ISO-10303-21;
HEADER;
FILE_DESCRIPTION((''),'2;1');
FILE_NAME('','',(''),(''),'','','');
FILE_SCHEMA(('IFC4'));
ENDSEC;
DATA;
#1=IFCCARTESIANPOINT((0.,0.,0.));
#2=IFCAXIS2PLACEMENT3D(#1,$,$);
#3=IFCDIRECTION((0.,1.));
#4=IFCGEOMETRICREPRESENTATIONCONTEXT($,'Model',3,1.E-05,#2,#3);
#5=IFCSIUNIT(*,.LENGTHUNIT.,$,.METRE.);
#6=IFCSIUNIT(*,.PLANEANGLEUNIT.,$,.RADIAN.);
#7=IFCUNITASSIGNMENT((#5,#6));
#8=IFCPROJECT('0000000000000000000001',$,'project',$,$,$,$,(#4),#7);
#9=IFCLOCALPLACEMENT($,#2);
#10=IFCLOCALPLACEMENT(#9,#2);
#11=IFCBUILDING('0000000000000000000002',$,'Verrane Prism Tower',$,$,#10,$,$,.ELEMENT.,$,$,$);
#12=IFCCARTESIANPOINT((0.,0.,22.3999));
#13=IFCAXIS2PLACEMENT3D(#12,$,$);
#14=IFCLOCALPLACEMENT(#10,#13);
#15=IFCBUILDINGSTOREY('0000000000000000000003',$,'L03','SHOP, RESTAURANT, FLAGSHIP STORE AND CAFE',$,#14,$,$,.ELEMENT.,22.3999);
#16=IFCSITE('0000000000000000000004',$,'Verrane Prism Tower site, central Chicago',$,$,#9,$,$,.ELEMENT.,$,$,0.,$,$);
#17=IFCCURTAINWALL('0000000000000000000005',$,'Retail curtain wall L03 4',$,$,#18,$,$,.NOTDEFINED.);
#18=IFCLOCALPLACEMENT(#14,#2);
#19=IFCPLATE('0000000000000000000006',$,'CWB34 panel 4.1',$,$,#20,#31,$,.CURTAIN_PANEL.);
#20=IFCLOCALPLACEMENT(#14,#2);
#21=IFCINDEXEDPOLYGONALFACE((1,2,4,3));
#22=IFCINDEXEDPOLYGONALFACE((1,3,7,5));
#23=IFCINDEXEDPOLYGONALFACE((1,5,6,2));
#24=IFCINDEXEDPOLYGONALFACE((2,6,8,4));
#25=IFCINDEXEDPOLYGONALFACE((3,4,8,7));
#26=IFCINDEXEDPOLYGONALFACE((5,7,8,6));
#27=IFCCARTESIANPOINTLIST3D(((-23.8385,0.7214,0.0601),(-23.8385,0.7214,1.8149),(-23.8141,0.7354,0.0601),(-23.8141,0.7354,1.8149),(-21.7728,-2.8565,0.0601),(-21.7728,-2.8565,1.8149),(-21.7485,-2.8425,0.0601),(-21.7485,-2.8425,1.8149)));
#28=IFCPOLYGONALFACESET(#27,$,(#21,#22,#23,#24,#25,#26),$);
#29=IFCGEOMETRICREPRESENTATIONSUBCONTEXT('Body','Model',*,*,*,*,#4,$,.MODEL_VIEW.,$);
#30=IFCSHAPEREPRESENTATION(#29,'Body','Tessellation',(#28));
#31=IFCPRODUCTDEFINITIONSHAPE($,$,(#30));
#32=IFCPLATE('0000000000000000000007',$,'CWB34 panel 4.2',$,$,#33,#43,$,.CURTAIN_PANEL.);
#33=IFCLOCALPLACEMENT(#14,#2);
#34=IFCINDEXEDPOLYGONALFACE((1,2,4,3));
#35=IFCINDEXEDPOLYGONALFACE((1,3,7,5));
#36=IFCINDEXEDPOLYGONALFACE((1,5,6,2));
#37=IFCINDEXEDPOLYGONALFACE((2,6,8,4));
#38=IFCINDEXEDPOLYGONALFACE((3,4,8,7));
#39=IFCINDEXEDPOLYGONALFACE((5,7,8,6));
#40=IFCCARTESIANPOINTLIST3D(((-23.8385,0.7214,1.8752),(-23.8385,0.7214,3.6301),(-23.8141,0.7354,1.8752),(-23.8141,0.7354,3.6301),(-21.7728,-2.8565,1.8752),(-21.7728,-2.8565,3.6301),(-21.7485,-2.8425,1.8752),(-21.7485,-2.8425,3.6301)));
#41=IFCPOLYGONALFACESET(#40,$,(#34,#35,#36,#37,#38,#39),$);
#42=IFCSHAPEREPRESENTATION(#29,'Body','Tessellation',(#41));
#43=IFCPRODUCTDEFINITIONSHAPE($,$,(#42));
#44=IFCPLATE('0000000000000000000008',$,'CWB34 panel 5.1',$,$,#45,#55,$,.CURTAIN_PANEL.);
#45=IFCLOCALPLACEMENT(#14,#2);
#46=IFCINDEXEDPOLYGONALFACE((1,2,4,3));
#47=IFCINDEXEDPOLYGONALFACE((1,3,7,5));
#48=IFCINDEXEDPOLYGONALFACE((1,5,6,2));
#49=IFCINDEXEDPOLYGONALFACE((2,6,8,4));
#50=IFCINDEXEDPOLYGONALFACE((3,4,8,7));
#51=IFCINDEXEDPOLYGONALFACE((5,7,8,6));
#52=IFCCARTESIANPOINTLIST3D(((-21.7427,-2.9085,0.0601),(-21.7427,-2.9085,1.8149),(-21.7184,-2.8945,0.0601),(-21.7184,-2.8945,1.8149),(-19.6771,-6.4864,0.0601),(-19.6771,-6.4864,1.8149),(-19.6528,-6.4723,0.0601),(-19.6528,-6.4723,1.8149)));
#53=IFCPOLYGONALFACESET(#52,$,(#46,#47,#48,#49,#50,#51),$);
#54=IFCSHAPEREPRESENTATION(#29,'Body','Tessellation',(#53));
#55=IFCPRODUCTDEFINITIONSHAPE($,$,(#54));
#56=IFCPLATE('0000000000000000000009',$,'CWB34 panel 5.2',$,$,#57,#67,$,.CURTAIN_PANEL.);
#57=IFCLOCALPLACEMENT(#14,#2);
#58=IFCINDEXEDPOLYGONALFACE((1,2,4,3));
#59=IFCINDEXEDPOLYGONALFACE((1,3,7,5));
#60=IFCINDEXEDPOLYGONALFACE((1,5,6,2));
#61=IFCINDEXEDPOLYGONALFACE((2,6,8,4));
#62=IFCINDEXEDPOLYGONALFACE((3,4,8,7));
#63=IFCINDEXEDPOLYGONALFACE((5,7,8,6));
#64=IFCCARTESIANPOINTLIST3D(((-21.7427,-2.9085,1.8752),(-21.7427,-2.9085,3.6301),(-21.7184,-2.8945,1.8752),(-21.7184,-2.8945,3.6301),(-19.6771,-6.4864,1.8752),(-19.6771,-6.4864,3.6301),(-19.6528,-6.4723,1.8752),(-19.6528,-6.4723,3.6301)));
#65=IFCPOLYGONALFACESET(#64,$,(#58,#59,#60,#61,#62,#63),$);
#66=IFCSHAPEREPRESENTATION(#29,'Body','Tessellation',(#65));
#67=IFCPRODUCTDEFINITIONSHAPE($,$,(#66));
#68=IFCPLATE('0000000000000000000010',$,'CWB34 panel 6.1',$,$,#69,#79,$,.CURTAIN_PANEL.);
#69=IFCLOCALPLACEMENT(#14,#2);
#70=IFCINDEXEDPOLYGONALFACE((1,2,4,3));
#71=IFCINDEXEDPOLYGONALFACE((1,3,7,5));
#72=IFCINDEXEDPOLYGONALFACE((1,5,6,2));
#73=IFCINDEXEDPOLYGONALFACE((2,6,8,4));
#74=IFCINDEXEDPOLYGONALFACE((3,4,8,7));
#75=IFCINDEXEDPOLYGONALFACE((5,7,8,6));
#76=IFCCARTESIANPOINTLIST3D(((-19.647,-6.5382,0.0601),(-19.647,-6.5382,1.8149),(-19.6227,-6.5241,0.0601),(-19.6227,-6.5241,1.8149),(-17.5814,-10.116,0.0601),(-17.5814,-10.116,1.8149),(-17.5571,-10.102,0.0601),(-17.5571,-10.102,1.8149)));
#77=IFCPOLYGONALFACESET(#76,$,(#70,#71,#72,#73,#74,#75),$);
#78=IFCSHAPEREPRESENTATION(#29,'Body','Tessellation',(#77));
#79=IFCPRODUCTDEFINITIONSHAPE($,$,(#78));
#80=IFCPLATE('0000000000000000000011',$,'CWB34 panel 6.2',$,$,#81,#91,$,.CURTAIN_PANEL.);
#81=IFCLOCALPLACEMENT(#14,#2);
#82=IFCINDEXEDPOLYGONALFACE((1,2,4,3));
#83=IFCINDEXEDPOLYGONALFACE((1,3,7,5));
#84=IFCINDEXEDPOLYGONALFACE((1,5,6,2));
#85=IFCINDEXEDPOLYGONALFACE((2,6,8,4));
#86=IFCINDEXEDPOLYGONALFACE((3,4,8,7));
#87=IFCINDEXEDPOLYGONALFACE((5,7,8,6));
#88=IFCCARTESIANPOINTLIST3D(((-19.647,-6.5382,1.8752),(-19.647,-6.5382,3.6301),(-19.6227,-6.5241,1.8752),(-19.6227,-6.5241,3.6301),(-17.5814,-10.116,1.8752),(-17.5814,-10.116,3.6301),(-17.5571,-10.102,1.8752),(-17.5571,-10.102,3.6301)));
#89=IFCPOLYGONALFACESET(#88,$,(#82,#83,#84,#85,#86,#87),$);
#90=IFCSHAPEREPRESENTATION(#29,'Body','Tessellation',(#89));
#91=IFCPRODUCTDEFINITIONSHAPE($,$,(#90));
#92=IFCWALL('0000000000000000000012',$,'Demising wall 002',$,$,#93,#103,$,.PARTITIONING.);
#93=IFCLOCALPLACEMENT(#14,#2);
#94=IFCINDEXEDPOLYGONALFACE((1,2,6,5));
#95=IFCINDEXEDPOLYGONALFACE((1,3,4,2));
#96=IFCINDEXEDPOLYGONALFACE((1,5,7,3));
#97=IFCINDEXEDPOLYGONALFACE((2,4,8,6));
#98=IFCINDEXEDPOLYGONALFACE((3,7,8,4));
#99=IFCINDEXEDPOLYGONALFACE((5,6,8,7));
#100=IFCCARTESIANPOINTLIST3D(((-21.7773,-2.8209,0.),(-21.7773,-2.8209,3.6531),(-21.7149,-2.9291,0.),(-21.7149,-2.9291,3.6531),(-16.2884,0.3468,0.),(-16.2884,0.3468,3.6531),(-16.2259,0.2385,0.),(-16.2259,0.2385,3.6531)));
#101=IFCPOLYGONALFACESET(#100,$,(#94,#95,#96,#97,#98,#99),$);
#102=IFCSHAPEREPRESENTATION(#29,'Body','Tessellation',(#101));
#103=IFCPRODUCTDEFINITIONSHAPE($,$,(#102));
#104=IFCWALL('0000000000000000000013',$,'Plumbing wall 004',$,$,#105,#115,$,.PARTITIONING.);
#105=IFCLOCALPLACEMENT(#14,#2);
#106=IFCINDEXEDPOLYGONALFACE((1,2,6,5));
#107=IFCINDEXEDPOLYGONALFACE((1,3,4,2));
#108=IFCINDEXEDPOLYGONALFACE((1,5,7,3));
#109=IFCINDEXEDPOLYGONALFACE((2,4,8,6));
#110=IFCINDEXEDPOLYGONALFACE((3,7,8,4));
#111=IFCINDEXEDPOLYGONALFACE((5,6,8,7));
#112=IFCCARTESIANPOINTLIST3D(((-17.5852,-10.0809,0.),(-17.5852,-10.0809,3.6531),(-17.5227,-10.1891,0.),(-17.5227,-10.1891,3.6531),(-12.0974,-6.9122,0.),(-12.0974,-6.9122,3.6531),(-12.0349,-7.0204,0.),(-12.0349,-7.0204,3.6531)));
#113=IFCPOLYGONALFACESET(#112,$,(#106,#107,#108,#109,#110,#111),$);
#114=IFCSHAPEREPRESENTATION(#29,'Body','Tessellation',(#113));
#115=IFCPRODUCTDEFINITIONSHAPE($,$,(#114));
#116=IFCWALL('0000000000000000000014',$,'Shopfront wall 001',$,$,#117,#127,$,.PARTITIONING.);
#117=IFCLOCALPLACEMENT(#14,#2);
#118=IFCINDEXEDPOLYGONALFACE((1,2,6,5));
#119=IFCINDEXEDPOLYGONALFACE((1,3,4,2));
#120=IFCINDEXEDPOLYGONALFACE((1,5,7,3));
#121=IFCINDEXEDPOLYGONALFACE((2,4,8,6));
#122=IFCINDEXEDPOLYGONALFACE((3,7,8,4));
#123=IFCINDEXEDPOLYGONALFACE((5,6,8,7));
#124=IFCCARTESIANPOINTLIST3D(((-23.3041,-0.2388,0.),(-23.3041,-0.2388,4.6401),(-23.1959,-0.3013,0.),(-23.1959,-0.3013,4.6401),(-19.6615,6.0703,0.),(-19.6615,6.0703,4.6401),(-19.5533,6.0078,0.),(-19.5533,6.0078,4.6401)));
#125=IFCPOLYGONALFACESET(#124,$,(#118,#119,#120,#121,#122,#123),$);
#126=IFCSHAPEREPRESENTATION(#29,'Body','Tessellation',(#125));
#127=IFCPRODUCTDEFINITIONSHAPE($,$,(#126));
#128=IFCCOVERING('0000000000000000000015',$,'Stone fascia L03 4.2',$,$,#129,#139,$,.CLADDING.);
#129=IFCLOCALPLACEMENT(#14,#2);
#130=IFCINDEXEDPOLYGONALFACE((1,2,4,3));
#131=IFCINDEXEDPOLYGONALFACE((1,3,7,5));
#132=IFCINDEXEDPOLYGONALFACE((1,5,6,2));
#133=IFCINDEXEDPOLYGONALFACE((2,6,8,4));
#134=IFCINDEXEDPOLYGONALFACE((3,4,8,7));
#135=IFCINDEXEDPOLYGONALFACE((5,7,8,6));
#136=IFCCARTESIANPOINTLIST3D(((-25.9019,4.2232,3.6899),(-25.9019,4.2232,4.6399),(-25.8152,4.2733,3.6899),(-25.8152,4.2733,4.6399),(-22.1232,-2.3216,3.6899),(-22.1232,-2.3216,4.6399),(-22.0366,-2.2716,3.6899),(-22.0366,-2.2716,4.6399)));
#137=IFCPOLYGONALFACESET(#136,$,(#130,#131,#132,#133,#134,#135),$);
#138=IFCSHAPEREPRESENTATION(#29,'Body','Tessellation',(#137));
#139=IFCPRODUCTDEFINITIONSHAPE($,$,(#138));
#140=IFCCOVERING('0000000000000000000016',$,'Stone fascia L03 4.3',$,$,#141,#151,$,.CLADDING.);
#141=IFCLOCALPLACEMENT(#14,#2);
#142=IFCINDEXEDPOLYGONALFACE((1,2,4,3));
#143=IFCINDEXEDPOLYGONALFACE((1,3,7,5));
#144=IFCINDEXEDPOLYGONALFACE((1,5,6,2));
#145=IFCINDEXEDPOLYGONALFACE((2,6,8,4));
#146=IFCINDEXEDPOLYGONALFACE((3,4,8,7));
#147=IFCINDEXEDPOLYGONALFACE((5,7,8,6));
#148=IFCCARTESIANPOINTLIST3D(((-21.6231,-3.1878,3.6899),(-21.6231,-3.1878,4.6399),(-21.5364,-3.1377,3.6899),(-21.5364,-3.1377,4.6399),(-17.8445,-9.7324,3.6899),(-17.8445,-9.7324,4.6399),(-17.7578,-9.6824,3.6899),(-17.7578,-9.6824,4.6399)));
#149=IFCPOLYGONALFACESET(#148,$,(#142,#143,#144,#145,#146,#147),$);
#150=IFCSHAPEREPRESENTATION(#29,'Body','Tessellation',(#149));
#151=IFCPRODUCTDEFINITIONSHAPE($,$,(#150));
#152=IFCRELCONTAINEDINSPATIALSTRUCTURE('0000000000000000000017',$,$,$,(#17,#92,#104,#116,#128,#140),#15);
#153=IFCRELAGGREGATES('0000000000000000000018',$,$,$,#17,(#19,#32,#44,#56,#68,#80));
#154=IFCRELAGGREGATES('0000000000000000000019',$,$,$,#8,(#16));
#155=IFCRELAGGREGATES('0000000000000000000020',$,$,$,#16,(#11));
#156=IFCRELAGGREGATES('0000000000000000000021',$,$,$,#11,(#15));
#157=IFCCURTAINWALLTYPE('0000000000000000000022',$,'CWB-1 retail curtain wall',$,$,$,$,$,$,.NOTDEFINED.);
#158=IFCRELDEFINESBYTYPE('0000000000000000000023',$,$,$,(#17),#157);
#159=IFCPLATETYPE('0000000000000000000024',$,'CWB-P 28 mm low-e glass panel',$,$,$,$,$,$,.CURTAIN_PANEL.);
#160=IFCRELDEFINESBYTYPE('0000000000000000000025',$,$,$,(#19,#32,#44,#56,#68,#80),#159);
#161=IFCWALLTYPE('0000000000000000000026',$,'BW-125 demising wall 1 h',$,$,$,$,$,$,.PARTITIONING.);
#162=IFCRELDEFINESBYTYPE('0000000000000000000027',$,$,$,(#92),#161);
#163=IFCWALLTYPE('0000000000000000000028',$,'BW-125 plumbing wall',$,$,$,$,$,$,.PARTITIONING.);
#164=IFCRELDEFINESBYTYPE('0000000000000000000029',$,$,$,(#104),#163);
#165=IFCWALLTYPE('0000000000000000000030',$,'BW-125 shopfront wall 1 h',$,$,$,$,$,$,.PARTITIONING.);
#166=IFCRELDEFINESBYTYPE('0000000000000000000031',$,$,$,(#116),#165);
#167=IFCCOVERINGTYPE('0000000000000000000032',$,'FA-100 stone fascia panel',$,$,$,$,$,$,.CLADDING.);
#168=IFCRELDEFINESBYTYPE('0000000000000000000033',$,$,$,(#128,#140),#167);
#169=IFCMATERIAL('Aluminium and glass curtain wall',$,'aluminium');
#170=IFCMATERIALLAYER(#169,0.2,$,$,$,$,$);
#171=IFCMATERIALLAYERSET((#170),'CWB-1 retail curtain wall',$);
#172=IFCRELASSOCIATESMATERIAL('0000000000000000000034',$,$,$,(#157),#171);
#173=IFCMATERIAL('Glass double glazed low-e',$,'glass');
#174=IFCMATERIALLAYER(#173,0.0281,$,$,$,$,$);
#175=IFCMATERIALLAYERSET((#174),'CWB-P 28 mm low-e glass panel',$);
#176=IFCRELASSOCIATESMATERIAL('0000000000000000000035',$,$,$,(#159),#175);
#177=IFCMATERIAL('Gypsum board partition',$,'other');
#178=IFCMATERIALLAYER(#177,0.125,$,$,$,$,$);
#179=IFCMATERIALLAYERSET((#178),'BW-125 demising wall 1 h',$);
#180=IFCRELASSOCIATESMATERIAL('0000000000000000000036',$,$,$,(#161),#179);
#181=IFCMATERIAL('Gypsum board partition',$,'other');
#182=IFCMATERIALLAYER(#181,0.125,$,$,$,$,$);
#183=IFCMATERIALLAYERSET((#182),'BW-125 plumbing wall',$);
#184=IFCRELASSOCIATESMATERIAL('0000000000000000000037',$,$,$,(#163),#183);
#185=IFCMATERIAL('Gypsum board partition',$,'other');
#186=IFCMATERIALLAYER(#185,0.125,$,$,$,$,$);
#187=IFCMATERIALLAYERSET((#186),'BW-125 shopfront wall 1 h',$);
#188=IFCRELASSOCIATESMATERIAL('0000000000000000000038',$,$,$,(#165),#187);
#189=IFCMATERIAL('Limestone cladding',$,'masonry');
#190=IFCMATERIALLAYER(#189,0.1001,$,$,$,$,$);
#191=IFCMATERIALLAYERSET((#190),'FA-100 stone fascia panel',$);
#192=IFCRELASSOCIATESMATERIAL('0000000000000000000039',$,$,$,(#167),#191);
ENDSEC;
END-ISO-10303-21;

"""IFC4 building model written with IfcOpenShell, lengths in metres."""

from ifc_helpers import new_model, si_unit, direction, frame, frame_2d, origin, origin_2d, place, context, subcontext, project, spatial, rectangle, extrude, material, layer, layer_set, type_object, element, aggregate, save


model = new_model("IFC4")

# Units and contexts
model_context = context("Model", 3, precision=1e-05, world=origin(), true_north=direction((0.0, 1.0)))
body_context = subcontext(model_context, "Body", "Model", "MODEL_VIEW")
ifc_project = project(units=[si_unit("LENGTHUNIT", "METRE"), si_unit("PLANEANGLEUNIT", "RADIAN")], contexts=[model_context])

# Site, building, storey
site_placement = place(None, origin())
site = spatial("IfcSite", under=ifc_project, at=site_placement, Name="Verrane Prism Tower site, central Chicago", CompositionType="ELEMENT", RefElevation=0.0)
building_placement = place(site_placement, origin())
building = spatial("IfcBuilding", under=site, at=building_placement, Name="Verrane Prism Tower", CompositionType="ELEMENT")
storey_placement = place(building_placement, frame((0.0, 0.0, 22.3999)))
storey = spatial("IfcBuildingStorey", under=building, at=storey_placement, Name="L03", Description="SHOP, RESTAURANT, FLAGSHIP STORE AND CAFE", CompositionType="ELEMENT", Elevation=22.3999)

# Curtain wall
ifc_material_1 = material(Name="Aluminium and glass curtain wall", Category="aluminium")
ifc_layer_1 = layer(ifc_material_1, 0.2)
ifc_layer_set_1 = layer_set([ifc_layer_1], Name="CWB-1 retail curtain wall")
curtain_wall_type = type_object("IfcCurtainWallType", Name="CWB-1 retail curtain wall", PredefinedType="NOTDEFINED", material=ifc_layer_set_1)
curtain_wall_placement = place(storey_placement, origin())
curtain_wall = element("IfcCurtainWall", 1, at=curtain_wall_placement, inside=storey, type_object=curtain_wall_type, Name="Retail curtain wall L03 4", PredefinedType="NOTDEFINED")

# Plates
ifc_material_2 = material(Name="Glass double glazed low-e", Category="glass")
ifc_layer_2 = layer(ifc_material_2, 0.0281)
ifc_layer_set_2 = layer_set([ifc_layer_2], Name="CWB-P 28 mm low-e glass panel")
plate_type = type_object("IfcPlateType", Name="CWB-P 28 mm low-e glass panel", PredefinedType="CURTAIN_PANEL", material=ifc_layer_set_2)
plate_1_placement = place(storey_placement, frame((-22.7935, -1.0605, 0.0601), z_axis=(0.0, 0.0, 1.0), x_axis=(0.5, -0.866025, 0.0)))
plate_1 = element("IfcPlate", 2, at=plate_1_placement, type_object=plate_type, Name="CWB34 panel 4.1", PredefinedType="CURTAIN_PANEL", context=body_context, shape_type="SweptSolid", body=[
    extrude(rectangle(XDim=4.1313, YDim=0.0281, at=origin_2d()), origin(), (0.0, 0.0, 1.0), 1.7549),
])
plate_2_placement = place(storey_placement, frame((-22.7935, -1.0605, 1.8752), z_axis=(0.0, 0.0, 1.0), x_axis=(0.5, -0.866025, 0.0)))
plate_2 = element("IfcPlate", 3, at=plate_2_placement, type_object=plate_type, Name="CWB34 panel 4.2", PredefinedType="CURTAIN_PANEL", context=body_context, shape_type="SweptSolid", body=[
    extrude(rectangle(XDim=4.1313, YDim=0.0281, at=origin_2d()), origin(), (0.0, 0.0, 1.0), 1.7549),
])
plate_3_placement = place(storey_placement, frame((-20.6978, -4.6904, 0.0601), z_axis=(0.0, 0.0, 1.0), x_axis=(0.5, -0.866025, 0.0)))
plate_3 = element("IfcPlate", 4, at=plate_3_placement, type_object=plate_type, Name="CWB34 panel 5.1", PredefinedType="CURTAIN_PANEL", context=body_context, shape_type="SweptSolid", body=[
    extrude(rectangle(XDim=4.1313, YDim=0.0281, at=origin_2d()), origin(), (0.0, 0.0, 1.0), 1.7549),
])
plate_4_placement = place(storey_placement, frame((-20.6978, -4.6904, 1.8752), z_axis=(0.0, 0.0, 1.0), x_axis=(0.5, -0.866025, 0.0)))
plate_4 = element("IfcPlate", 5, at=plate_4_placement, type_object=plate_type, Name="CWB34 panel 5.2", PredefinedType="CURTAIN_PANEL", context=body_context, shape_type="SweptSolid", body=[
    extrude(rectangle(XDim=4.1313, YDim=0.0281, at=origin_2d()), origin(), (0.0, 0.0, 1.0), 1.7549),
])
plate_5_placement = place(storey_placement, frame((-18.6021, -8.3201, 0.0601), z_axis=(0.0, 0.0, 1.0), x_axis=(0.5, -0.866025, 0.0)))
plate_5 = element("IfcPlate", 6, at=plate_5_placement, type_object=plate_type, Name="CWB34 panel 6.1", PredefinedType="CURTAIN_PANEL", context=body_context, shape_type="SweptSolid", body=[
    extrude(rectangle(XDim=4.1313, YDim=0.0281, at=origin_2d()), origin(), (0.0, 0.0, 1.0), 1.7549),
])
plate_6_placement = place(storey_placement, frame((-18.6021, -8.3201, 1.8752), z_axis=(0.0, 0.0, 1.0), x_axis=(0.5, -0.866025, 0.0)))
plate_6 = element("IfcPlate", 7, at=plate_6_placement, type_object=plate_type, Name="CWB34 panel 6.2", PredefinedType="CURTAIN_PANEL", context=body_context, shape_type="SweptSolid", body=[
    extrude(rectangle(XDim=4.1313, YDim=0.0281, at=origin_2d()), origin(), (0.0, 0.0, 1.0), 1.7549),
])
aggregate(curtain_wall, [plate_1, plate_2, plate_3, plate_4, plate_5, plate_6])

# Walls
ifc_material_3 = material(Name="Gypsum board partition", Category="other")
ifc_layer_3 = layer(ifc_material_3, 0.125)
ifc_layer_set_3 = layer_set([ifc_layer_3], Name="BW-125 demising wall 1 h")
wall_type_1 = type_object("IfcWallType", Name="BW-125 demising wall 1 h", PredefinedType="PARTITIONING", material=ifc_layer_set_3)
wall_1_placement = place(storey_placement, frame((-21.7461, -2.875, 0.0), z_axis=(0.0, 0.0, 1.0), x_axis=(0.866118, 0.499839, 0.0)))
element("IfcWall", 8, at=wall_1_placement, inside=storey, type_object=wall_type_1, Name="Demising wall 002", PredefinedType="PARTITIONING", context=body_context, shape_type="SweptSolid", body=[
    extrude(rectangle(XDim=6.3374, YDim=0.125, at=frame_2d((3.1687, 0.0))), origin(), (0.0, 0.0, 1.0), 3.6531),
])
ifc_material_4 = material(Name="Gypsum board partition", Category="other")
ifc_layer_4 = layer(ifc_material_4, 0.125)
ifc_layer_set_4 = layer_set([ifc_layer_4], Name="BW-125 plumbing wall")
wall_type_2 = type_object("IfcWallType", Name="BW-125 plumbing wall", PredefinedType="PARTITIONING", material=ifc_layer_set_4)
wall_2_placement = place(storey_placement, frame((-17.554, -10.135, 0.0), z_axis=(0.0, 0.0, 1.0), x_axis=(0.866003, 0.500038, 0.0)))
element("IfcWall", 9, at=wall_2_placement, inside=storey, type_object=wall_type_2, Name="Plumbing wall 004", PredefinedType="PARTITIONING", context=body_context, shape_type="SweptSolid", body=[
    extrude(rectangle(XDim=6.3369, YDim=0.125, at=frame_2d((3.1685, 0.0))), origin(), (0.0, 0.0, 1.0), 3.6531),
])
ifc_material_5 = material(Name="Gypsum board partition", Category="other")
ifc_layer_5 = layer(ifc_material_5, 0.125)
ifc_layer_set_5 = layer_set([ifc_layer_5], Name="BW-125 shopfront wall 1 h")
wall_type_3 = type_object("IfcWallType", Name="BW-125 shopfront wall 1 h", PredefinedType="PARTITIONING", material=ifc_layer_set_5)
wall_3_placement = place(storey_placement, frame((-23.25, -0.27, 0.0), z_axis=(0.0, 0.0, 1.0), x_axis=(0.500003, 0.866024, 0.0)))
element("IfcWall", 10, at=wall_3_placement, inside=storey, type_object=wall_type_3, Name="Shopfront wall 001", PredefinedType="PARTITIONING", context=body_context, shape_type="SweptSolid", body=[
    extrude(rectangle(XDim=7.2852, YDim=0.125, at=frame_2d((3.6426, 0.0))), origin(), (0.0, 0.0, 1.0), 4.6401),
])

# Coverings
ifc_material_6 = material(Name="Limestone cladding", Category="masonry")
ifc_layer_6 = layer(ifc_material_6, 0.1001)
ifc_layer_set_6 = layer_set([ifc_layer_6], Name="FA-100 stone fascia panel")
covering_type = type_object("IfcCoveringType", Name="FA-100 stone fascia panel", PredefinedType="CLADDING", material=ifc_layer_set_6)
covering_1_placement = place(storey_placement, frame((-23.9692, 0.9758, 3.6899), z_axis=(0.0, 0.0, 1.0), x_axis=(0.5, -0.866025, 0.0)))
element("IfcCovering", 11, at=covering_1_placement, inside=storey, type_object=covering_type, Name="Stone fascia L03 4.2", PredefinedType="CLADDING", context=body_context, shape_type="SweptSolid", body=[
    extrude(rectangle(XDim=7.5574, YDim=0.1001, at=origin_2d()), origin(), (0.0, 0.0, 1.0), 0.95),
])
covering_2_placement = place(storey_placement, frame((-19.6904, -6.4351, 3.6899), z_axis=(0.0, 0.0, 1.0), x_axis=(0.5, -0.866025, 0.0)))
element("IfcCovering", 12, at=covering_2_placement, inside=storey, type_object=covering_type, Name="Stone fascia L03 4.3", PredefinedType="CLADDING", context=body_context, shape_type="SweptSolid", body=[
    extrude(rectangle(XDim=7.5571, YDim=0.1001, at=origin_2d()), origin(), (0.0, 0.0, 1.0), 0.95),
])

save(model, "model.ifc")
